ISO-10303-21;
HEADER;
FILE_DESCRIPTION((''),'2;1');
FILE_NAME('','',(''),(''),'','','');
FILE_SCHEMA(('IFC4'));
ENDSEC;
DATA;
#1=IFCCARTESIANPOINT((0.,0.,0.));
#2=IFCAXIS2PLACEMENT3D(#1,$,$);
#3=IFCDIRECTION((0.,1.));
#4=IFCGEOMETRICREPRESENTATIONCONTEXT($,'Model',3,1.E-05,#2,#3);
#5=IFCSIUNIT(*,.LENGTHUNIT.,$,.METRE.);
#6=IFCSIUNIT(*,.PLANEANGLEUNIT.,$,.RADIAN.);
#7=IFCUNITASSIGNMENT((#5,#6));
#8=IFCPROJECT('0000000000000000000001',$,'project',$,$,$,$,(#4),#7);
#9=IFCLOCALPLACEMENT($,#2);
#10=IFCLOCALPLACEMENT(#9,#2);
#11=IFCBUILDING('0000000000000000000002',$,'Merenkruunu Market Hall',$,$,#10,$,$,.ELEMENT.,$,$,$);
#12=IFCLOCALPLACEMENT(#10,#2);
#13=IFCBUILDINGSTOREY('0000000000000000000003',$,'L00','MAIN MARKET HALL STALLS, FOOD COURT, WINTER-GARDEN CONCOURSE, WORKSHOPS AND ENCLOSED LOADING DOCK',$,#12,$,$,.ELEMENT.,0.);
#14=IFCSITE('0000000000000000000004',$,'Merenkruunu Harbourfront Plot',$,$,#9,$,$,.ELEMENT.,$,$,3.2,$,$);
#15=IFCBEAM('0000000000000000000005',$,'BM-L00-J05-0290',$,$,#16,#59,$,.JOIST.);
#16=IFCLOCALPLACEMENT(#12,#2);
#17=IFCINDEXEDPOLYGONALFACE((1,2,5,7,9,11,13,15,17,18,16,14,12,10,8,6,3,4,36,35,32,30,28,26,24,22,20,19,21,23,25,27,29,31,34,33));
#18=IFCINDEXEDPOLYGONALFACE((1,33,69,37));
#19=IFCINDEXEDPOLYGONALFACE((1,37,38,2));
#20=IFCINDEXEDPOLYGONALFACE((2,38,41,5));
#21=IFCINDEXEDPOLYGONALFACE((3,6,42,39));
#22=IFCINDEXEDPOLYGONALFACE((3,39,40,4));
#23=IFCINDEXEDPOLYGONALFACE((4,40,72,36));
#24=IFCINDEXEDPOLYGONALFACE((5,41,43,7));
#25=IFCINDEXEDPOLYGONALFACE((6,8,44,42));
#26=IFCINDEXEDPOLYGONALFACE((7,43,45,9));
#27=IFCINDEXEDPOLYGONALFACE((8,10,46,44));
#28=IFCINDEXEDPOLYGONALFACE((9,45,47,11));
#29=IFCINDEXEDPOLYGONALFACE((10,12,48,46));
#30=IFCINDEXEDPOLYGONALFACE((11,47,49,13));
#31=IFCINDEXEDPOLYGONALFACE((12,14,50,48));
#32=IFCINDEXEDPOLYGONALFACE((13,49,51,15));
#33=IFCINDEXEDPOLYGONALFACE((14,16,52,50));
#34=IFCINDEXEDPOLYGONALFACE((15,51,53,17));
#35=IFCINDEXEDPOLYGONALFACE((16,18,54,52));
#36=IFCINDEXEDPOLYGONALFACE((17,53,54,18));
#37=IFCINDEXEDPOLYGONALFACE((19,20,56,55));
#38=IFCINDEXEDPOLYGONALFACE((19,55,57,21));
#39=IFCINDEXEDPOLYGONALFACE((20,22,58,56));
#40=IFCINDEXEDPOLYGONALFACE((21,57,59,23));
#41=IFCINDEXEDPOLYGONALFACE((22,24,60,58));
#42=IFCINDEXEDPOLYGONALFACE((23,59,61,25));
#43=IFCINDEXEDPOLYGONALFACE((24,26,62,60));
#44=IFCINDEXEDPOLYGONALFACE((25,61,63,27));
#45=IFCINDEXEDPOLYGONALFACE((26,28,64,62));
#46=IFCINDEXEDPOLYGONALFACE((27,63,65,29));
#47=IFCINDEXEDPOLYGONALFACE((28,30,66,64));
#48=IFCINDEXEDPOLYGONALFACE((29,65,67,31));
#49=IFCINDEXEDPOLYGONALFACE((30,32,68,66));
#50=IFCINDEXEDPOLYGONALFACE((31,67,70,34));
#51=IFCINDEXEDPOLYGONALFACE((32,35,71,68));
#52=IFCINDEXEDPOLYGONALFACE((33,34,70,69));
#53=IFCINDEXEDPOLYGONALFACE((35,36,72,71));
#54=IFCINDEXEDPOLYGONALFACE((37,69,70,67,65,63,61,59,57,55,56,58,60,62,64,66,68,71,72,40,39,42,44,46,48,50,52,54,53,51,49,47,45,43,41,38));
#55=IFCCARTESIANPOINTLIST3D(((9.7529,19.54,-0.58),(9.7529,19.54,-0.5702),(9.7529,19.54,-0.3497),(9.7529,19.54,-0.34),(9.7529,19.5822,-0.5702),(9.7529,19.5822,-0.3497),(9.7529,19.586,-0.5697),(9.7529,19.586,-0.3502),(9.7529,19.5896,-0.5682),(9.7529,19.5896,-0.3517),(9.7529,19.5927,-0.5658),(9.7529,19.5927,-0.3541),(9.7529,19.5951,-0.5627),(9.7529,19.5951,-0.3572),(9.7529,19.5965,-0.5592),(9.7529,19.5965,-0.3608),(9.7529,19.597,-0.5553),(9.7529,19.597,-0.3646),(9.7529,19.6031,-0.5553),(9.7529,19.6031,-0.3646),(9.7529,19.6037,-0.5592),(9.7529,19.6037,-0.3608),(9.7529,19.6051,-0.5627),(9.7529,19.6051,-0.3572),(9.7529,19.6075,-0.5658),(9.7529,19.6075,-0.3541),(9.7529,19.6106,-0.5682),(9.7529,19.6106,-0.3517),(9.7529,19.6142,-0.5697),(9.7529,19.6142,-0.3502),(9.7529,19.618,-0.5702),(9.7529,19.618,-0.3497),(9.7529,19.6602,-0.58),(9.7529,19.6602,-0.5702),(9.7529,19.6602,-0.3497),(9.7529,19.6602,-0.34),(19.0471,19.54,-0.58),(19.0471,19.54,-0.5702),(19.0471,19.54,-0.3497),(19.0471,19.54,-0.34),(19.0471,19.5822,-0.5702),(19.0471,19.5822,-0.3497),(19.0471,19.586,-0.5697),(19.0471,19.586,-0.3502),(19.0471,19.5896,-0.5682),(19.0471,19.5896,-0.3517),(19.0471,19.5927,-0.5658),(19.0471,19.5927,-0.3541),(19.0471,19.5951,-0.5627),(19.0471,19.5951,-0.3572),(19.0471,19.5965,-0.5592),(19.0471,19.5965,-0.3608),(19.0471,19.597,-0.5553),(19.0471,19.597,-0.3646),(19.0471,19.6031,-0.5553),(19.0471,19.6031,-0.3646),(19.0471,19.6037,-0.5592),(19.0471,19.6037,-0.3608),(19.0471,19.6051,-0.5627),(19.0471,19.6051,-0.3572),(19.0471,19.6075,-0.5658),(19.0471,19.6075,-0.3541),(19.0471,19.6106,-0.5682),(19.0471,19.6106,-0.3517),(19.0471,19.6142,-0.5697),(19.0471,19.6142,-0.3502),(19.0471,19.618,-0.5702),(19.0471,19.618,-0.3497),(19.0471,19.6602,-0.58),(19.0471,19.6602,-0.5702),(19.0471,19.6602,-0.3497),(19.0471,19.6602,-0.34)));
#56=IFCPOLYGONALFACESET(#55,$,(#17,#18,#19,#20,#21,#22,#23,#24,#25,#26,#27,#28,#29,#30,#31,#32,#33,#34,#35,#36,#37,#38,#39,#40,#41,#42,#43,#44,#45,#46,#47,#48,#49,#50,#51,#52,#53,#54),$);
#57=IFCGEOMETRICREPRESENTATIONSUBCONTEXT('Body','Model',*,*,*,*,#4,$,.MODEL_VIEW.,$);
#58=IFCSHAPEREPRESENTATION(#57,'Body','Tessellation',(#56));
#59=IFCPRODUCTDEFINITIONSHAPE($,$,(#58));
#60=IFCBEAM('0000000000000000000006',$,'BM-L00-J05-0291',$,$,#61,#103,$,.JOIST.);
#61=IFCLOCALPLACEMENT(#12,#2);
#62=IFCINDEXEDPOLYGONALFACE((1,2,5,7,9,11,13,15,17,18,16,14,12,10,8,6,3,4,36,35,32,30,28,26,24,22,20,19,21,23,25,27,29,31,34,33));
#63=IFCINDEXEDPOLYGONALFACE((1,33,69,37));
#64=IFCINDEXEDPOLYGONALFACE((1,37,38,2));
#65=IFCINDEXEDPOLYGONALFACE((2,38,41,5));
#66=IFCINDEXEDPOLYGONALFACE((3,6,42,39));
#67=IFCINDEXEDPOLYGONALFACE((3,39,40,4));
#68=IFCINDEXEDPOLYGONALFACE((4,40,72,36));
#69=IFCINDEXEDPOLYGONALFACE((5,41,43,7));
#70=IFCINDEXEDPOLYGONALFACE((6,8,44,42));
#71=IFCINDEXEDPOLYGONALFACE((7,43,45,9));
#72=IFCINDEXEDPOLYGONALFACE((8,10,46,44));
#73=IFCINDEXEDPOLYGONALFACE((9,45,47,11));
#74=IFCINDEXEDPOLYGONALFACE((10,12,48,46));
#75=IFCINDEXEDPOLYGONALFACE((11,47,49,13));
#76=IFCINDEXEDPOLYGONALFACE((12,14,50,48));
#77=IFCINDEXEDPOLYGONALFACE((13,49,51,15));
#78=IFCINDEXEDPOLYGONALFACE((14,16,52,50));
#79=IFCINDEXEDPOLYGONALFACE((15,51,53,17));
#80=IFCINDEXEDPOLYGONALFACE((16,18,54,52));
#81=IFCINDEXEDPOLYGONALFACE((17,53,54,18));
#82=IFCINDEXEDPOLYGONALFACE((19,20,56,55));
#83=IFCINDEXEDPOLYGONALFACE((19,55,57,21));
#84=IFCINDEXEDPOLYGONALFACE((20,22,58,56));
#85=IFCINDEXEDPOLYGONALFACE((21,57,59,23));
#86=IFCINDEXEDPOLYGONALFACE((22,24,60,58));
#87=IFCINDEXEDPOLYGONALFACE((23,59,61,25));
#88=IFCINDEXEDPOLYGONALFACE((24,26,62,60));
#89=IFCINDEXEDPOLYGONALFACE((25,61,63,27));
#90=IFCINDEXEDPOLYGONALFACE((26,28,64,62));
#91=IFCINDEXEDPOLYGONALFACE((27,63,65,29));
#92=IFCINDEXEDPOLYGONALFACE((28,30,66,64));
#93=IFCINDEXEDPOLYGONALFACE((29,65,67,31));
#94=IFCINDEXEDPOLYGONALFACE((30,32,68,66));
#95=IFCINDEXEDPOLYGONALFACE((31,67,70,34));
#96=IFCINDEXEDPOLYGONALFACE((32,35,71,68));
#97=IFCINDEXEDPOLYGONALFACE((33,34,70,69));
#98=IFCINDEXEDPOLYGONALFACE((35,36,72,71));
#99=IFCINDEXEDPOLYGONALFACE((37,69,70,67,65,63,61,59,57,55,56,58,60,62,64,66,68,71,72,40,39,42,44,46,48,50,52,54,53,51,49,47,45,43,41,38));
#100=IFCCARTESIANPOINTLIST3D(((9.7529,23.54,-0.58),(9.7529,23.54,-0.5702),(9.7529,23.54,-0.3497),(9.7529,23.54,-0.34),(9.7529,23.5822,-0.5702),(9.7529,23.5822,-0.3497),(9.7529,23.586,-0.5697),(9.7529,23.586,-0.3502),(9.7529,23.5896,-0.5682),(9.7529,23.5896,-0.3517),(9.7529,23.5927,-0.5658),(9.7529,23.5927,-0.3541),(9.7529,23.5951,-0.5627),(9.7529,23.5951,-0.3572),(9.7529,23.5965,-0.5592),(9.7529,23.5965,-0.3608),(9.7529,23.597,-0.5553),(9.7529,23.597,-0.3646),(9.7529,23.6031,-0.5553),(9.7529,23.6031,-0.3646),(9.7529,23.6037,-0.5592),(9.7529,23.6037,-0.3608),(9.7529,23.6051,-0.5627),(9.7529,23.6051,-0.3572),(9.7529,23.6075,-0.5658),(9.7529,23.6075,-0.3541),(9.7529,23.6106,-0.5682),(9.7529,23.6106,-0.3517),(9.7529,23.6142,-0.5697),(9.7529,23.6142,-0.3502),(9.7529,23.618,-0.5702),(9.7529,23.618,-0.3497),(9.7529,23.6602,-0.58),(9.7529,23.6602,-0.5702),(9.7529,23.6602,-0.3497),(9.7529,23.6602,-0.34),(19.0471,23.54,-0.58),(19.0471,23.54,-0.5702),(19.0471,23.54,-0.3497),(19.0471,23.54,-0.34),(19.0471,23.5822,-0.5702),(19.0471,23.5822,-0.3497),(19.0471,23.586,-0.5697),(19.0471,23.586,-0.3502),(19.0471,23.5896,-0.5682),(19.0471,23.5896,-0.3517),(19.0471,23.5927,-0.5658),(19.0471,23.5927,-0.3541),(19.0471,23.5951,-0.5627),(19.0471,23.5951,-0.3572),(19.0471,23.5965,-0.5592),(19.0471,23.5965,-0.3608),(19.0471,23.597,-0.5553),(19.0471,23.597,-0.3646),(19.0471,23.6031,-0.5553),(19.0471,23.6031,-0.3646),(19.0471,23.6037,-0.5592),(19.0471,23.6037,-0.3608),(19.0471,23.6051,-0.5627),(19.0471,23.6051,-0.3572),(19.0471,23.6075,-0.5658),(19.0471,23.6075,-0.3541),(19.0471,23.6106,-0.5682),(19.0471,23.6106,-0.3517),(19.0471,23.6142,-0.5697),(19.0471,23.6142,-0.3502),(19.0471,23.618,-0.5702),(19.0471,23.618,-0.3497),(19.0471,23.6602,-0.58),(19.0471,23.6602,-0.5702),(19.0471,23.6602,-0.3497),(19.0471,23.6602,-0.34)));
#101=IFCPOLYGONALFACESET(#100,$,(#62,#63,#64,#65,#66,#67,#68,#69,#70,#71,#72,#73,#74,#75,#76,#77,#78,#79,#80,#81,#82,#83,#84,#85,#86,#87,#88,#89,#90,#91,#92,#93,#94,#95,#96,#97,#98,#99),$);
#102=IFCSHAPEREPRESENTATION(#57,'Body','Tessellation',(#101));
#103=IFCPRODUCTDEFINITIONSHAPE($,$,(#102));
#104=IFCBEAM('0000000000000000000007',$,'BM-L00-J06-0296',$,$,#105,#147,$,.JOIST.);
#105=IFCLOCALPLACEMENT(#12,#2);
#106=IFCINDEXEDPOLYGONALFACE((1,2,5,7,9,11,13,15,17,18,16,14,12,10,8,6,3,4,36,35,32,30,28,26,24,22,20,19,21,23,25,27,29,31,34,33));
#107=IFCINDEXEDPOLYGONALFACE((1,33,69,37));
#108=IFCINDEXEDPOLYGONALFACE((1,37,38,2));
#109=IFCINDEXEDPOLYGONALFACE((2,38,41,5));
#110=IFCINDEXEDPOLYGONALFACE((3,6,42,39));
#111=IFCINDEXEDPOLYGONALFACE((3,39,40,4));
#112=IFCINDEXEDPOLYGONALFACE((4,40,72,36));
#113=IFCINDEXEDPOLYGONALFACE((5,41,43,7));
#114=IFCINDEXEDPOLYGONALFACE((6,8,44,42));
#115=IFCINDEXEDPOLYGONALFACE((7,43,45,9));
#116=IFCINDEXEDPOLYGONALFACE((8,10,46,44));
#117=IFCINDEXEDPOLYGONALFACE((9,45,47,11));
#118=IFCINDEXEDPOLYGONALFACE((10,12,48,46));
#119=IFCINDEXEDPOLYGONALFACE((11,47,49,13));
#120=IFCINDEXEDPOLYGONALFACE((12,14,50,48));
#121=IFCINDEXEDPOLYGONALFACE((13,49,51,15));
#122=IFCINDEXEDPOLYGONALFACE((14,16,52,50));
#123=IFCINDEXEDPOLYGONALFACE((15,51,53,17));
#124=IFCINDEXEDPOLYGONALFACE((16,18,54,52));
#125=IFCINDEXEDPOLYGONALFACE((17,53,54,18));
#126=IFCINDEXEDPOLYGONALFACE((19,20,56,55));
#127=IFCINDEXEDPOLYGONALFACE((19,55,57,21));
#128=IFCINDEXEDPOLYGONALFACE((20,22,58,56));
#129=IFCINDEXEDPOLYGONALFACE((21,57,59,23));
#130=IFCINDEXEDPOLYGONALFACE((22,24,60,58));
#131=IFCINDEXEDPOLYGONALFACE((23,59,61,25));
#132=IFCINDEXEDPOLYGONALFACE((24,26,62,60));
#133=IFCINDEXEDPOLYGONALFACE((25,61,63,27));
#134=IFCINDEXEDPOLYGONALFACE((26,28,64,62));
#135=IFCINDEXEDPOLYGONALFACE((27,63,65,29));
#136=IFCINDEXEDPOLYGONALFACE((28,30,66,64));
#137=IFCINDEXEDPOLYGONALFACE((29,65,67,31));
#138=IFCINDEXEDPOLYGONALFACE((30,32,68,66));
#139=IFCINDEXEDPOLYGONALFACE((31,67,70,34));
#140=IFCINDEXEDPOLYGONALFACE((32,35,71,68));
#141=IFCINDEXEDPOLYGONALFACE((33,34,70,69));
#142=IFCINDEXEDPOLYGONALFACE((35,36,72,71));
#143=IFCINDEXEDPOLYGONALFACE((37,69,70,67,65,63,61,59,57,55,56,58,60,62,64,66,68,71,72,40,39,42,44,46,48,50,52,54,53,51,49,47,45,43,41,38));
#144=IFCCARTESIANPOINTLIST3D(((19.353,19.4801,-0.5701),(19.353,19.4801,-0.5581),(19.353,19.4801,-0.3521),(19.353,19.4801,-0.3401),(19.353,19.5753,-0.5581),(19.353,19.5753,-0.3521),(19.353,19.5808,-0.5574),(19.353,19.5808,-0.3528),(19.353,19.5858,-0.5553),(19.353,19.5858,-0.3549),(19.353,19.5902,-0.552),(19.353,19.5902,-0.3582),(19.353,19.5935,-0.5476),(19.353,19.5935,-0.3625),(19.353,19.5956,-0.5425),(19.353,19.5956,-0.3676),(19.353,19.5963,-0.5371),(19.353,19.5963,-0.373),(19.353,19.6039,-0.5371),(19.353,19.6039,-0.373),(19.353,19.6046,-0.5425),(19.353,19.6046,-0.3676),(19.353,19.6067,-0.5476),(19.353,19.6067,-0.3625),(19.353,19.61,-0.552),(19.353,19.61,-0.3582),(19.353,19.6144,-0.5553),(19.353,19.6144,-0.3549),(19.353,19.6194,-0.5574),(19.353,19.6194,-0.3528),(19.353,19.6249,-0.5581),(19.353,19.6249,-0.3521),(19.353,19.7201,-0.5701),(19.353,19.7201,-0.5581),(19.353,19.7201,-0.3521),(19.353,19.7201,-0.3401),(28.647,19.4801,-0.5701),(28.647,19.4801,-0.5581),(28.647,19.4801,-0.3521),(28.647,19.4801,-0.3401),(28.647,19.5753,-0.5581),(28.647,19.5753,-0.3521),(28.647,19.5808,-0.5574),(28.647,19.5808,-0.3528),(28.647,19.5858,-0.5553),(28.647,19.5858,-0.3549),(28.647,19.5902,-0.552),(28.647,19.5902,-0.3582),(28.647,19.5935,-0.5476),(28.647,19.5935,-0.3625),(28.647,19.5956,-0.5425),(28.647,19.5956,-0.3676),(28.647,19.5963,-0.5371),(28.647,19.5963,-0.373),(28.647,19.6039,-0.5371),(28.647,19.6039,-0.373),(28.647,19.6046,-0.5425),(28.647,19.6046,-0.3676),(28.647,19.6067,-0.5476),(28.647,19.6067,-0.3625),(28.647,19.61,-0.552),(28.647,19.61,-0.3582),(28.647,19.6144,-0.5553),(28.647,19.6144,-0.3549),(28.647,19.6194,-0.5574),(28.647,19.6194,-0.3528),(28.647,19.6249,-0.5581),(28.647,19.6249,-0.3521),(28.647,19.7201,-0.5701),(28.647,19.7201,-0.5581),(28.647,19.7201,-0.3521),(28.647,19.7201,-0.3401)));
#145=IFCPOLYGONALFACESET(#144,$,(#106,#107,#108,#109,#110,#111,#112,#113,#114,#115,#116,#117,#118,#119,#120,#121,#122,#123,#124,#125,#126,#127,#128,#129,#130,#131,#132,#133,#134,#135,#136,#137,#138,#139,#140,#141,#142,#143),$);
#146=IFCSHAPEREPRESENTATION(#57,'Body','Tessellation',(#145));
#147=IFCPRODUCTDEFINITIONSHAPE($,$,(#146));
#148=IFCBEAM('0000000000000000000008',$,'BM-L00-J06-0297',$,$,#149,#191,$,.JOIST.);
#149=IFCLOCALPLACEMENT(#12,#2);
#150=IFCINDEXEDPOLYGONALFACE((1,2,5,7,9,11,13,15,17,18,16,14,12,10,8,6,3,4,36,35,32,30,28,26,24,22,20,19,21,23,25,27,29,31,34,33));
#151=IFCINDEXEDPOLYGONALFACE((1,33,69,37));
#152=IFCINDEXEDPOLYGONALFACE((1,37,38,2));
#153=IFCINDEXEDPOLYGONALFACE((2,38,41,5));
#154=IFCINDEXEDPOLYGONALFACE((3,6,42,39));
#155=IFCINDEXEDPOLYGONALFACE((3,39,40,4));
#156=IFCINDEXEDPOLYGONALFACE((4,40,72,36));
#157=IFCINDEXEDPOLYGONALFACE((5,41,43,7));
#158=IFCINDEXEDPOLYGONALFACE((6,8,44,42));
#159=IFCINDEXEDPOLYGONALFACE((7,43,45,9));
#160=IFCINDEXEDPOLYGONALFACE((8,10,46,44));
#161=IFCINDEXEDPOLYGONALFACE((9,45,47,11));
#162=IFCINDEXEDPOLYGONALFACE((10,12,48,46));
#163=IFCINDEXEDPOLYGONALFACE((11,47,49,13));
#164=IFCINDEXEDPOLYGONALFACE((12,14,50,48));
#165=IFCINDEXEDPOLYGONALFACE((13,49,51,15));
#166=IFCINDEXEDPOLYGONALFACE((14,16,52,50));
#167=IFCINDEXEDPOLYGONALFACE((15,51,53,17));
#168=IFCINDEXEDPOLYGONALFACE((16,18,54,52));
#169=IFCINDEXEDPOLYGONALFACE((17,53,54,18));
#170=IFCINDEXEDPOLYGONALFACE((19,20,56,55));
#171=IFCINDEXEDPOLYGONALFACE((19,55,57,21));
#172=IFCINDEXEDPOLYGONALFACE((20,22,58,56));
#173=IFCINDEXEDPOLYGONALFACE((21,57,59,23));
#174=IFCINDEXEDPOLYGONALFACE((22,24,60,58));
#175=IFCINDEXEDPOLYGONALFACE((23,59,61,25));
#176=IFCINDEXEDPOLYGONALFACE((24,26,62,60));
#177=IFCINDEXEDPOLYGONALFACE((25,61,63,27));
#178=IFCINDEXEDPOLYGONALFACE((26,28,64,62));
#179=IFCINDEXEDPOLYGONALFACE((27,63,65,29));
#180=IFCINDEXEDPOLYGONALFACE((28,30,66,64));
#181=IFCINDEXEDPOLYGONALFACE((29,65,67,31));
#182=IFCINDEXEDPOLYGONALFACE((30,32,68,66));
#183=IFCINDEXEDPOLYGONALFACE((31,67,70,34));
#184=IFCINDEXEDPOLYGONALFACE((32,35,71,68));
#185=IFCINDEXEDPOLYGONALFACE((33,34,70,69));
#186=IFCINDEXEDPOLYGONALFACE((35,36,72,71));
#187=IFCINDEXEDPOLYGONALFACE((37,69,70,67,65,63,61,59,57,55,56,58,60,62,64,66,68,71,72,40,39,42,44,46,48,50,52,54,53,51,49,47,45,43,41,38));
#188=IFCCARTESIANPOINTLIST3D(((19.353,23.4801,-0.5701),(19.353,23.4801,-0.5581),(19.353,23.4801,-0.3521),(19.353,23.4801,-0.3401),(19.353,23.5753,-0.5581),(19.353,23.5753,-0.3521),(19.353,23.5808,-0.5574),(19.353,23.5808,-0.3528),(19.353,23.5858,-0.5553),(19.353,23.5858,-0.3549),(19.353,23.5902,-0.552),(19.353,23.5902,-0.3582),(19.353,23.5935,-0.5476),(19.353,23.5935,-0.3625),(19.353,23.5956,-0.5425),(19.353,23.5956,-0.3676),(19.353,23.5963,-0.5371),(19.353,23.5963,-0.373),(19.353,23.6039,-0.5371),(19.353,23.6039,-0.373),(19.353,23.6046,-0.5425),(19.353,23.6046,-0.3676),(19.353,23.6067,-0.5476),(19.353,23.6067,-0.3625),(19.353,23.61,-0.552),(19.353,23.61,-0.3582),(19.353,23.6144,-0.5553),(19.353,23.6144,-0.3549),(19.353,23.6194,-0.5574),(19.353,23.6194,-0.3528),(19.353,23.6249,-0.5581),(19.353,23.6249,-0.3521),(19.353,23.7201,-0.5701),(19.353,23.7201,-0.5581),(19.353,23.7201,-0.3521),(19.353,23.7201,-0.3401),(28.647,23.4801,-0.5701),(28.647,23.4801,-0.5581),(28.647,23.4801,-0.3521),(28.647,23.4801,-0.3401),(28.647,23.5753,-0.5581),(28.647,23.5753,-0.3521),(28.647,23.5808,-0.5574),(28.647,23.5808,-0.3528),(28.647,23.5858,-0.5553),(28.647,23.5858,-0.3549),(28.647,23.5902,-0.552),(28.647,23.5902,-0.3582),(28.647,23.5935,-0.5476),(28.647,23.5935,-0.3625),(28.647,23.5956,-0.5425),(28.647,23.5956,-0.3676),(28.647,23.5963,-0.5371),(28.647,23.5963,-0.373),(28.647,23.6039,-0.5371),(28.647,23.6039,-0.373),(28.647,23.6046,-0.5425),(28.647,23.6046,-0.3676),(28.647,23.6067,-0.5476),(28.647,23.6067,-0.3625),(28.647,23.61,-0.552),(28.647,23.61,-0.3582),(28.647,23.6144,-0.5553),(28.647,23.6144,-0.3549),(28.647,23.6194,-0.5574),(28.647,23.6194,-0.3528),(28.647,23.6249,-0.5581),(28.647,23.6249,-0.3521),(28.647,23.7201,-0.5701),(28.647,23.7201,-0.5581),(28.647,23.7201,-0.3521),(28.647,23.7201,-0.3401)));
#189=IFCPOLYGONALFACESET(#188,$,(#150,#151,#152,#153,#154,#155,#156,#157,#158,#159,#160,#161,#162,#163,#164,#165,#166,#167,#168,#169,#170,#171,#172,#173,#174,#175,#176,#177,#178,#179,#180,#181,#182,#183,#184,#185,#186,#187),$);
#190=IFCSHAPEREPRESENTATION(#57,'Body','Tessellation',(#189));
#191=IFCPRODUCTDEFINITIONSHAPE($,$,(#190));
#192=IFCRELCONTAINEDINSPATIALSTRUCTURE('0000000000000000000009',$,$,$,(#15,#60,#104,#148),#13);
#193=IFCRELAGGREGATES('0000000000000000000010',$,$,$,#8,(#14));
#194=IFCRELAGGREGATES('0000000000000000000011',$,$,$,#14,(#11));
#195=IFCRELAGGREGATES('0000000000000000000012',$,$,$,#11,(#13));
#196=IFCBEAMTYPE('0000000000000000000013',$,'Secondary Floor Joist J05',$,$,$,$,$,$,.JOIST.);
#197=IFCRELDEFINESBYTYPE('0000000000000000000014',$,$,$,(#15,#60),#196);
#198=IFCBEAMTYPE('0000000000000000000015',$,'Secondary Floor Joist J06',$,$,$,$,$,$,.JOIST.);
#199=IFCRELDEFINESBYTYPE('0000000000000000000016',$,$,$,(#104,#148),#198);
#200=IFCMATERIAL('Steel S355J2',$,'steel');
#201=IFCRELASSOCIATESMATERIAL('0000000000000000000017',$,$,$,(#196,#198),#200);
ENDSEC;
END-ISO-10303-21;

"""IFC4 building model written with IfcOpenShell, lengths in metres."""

from ifc_helpers import new_model, si_unit, direction, frame, origin, origin_2d, place, context, subcontext, project, spatial, i_section, extrude, material, material_profile, profile_set, type_object, element, save


model = new_model("IFC4")

# Units and contexts
model_context = context("Model", 3, precision=1e-05, world=origin(), true_north=direction((0.0, 1.0)))
body_context = subcontext(model_context, "Body", "Model", "MODEL_VIEW")
ifc_project = project(units=[si_unit("LENGTHUNIT", "METRE"), si_unit("PLANEANGLEUNIT", "RADIAN")], contexts=[model_context])

# Site, building, storey
site_placement = place(None, origin())
site = spatial("IfcSite", under=ifc_project, at=site_placement, Name="Merenkruunu Harbourfront Plot", CompositionType="ELEMENT", RefElevation=3.2)
building_placement = place(site_placement, origin())
building = spatial("IfcBuilding", under=site, at=building_placement, Name="Merenkruunu Market Hall", CompositionType="ELEMENT")
storey_placement = place(building_placement, origin())
storey = spatial("IfcBuildingStorey", under=building, at=storey_placement, Name="L00", Description="MAIN MARKET HALL STALLS, FOOD COURT, WINTER-GARDEN CONCOURSE, WORKSHOPS AND ENCLOSED LOADING DOCK", CompositionType="ELEMENT", Elevation=0.0)

# Shared definitions
ifc_material_1 = material(Name="Steel S355J2", Category="steel")

# Beams
ifc_material_profile_1 = material_profile(ifc_material_1, i_section(OverallWidth=0.1201, OverallDepth=0.24, WebThickness=0.0061, FlangeThickness=0.0098, FilletRadius=0.0149, at=origin_2d()), Name="IPE 240")
ifc_profile_set_1 = profile_set([ifc_material_profile_1], Name="Steel S355J2")
beam_type_1 = type_object("IfcBeamType", Name="Secondary Floor Joist J05", PredefinedType="JOIST", material=ifc_profile_set_1)
for number, where, z_axis, x_axis, name in (
    (1, (9.7529, 19.6001, -0.46), (1.0, 0.0, 0.0), (0.0, 1.0, 0.0), "BM-L00-J05-0290"),
    (2, (9.7529, 23.6001, -0.46), (1.0, 0.0, 0.0), (0.0, 1.0, 0.0), "BM-L00-J05-0291"),
):
    element("IfcBeam", number, at=place(storey_placement, frame(where, z_axis=z_axis, x_axis=x_axis)), inside=storey, type_object=beam_type_1, Name=name, PredefinedType="JOIST", context=body_context, shape_type="SweptSolid", body=[
        extrude(i_section(OverallWidth=0.1201, OverallDepth=0.24, WebThickness=0.0061, FlangeThickness=0.0098, FilletRadius=0.0149, at=origin_2d()), origin(), (0.0, 0.0, 1.0), 9.2942),
    ])
ifc_material_profile_2 = material_profile(ifc_material_1, i_section(OverallWidth=0.24, OverallDepth=0.23, WebThickness=0.0076, FlangeThickness=0.012, FilletRadius=0.021, at=origin_2d()), Name="HEA 240")
ifc_profile_set_2 = profile_set([ifc_material_profile_2], Name="Steel S355J2")
beam_type_2 = type_object("IfcBeamType", Name="Secondary Floor Joist J06", PredefinedType="JOIST", material=ifc_profile_set_2)
for number, where, z_axis, x_axis, name in (
    (3, (19.353, 19.6001, -0.4551), (1.0, 0.0, 0.0), (0.0, 1.0, 0.0), "BM-L00-J06-0296"),
    (4, (19.353, 23.6001, -0.4551), (1.0, 0.0, 0.0), (0.0, 1.0, 0.0), "BM-L00-J06-0297"),
):
    element("IfcBeam", number, at=place(storey_placement, frame(where, z_axis=z_axis, x_axis=x_axis)), inside=storey, type_object=beam_type_2, Name=name, PredefinedType="JOIST", context=body_context, shape_type="SweptSolid", body=[
        extrude(i_section(OverallWidth=0.24, OverallDepth=0.23, WebThickness=0.0076, FlangeThickness=0.012, FilletRadius=0.021, at=origin_2d()), origin(), (0.0, 0.0, 1.0), 9.2939),
    ])

save(model, "model.ifc")
